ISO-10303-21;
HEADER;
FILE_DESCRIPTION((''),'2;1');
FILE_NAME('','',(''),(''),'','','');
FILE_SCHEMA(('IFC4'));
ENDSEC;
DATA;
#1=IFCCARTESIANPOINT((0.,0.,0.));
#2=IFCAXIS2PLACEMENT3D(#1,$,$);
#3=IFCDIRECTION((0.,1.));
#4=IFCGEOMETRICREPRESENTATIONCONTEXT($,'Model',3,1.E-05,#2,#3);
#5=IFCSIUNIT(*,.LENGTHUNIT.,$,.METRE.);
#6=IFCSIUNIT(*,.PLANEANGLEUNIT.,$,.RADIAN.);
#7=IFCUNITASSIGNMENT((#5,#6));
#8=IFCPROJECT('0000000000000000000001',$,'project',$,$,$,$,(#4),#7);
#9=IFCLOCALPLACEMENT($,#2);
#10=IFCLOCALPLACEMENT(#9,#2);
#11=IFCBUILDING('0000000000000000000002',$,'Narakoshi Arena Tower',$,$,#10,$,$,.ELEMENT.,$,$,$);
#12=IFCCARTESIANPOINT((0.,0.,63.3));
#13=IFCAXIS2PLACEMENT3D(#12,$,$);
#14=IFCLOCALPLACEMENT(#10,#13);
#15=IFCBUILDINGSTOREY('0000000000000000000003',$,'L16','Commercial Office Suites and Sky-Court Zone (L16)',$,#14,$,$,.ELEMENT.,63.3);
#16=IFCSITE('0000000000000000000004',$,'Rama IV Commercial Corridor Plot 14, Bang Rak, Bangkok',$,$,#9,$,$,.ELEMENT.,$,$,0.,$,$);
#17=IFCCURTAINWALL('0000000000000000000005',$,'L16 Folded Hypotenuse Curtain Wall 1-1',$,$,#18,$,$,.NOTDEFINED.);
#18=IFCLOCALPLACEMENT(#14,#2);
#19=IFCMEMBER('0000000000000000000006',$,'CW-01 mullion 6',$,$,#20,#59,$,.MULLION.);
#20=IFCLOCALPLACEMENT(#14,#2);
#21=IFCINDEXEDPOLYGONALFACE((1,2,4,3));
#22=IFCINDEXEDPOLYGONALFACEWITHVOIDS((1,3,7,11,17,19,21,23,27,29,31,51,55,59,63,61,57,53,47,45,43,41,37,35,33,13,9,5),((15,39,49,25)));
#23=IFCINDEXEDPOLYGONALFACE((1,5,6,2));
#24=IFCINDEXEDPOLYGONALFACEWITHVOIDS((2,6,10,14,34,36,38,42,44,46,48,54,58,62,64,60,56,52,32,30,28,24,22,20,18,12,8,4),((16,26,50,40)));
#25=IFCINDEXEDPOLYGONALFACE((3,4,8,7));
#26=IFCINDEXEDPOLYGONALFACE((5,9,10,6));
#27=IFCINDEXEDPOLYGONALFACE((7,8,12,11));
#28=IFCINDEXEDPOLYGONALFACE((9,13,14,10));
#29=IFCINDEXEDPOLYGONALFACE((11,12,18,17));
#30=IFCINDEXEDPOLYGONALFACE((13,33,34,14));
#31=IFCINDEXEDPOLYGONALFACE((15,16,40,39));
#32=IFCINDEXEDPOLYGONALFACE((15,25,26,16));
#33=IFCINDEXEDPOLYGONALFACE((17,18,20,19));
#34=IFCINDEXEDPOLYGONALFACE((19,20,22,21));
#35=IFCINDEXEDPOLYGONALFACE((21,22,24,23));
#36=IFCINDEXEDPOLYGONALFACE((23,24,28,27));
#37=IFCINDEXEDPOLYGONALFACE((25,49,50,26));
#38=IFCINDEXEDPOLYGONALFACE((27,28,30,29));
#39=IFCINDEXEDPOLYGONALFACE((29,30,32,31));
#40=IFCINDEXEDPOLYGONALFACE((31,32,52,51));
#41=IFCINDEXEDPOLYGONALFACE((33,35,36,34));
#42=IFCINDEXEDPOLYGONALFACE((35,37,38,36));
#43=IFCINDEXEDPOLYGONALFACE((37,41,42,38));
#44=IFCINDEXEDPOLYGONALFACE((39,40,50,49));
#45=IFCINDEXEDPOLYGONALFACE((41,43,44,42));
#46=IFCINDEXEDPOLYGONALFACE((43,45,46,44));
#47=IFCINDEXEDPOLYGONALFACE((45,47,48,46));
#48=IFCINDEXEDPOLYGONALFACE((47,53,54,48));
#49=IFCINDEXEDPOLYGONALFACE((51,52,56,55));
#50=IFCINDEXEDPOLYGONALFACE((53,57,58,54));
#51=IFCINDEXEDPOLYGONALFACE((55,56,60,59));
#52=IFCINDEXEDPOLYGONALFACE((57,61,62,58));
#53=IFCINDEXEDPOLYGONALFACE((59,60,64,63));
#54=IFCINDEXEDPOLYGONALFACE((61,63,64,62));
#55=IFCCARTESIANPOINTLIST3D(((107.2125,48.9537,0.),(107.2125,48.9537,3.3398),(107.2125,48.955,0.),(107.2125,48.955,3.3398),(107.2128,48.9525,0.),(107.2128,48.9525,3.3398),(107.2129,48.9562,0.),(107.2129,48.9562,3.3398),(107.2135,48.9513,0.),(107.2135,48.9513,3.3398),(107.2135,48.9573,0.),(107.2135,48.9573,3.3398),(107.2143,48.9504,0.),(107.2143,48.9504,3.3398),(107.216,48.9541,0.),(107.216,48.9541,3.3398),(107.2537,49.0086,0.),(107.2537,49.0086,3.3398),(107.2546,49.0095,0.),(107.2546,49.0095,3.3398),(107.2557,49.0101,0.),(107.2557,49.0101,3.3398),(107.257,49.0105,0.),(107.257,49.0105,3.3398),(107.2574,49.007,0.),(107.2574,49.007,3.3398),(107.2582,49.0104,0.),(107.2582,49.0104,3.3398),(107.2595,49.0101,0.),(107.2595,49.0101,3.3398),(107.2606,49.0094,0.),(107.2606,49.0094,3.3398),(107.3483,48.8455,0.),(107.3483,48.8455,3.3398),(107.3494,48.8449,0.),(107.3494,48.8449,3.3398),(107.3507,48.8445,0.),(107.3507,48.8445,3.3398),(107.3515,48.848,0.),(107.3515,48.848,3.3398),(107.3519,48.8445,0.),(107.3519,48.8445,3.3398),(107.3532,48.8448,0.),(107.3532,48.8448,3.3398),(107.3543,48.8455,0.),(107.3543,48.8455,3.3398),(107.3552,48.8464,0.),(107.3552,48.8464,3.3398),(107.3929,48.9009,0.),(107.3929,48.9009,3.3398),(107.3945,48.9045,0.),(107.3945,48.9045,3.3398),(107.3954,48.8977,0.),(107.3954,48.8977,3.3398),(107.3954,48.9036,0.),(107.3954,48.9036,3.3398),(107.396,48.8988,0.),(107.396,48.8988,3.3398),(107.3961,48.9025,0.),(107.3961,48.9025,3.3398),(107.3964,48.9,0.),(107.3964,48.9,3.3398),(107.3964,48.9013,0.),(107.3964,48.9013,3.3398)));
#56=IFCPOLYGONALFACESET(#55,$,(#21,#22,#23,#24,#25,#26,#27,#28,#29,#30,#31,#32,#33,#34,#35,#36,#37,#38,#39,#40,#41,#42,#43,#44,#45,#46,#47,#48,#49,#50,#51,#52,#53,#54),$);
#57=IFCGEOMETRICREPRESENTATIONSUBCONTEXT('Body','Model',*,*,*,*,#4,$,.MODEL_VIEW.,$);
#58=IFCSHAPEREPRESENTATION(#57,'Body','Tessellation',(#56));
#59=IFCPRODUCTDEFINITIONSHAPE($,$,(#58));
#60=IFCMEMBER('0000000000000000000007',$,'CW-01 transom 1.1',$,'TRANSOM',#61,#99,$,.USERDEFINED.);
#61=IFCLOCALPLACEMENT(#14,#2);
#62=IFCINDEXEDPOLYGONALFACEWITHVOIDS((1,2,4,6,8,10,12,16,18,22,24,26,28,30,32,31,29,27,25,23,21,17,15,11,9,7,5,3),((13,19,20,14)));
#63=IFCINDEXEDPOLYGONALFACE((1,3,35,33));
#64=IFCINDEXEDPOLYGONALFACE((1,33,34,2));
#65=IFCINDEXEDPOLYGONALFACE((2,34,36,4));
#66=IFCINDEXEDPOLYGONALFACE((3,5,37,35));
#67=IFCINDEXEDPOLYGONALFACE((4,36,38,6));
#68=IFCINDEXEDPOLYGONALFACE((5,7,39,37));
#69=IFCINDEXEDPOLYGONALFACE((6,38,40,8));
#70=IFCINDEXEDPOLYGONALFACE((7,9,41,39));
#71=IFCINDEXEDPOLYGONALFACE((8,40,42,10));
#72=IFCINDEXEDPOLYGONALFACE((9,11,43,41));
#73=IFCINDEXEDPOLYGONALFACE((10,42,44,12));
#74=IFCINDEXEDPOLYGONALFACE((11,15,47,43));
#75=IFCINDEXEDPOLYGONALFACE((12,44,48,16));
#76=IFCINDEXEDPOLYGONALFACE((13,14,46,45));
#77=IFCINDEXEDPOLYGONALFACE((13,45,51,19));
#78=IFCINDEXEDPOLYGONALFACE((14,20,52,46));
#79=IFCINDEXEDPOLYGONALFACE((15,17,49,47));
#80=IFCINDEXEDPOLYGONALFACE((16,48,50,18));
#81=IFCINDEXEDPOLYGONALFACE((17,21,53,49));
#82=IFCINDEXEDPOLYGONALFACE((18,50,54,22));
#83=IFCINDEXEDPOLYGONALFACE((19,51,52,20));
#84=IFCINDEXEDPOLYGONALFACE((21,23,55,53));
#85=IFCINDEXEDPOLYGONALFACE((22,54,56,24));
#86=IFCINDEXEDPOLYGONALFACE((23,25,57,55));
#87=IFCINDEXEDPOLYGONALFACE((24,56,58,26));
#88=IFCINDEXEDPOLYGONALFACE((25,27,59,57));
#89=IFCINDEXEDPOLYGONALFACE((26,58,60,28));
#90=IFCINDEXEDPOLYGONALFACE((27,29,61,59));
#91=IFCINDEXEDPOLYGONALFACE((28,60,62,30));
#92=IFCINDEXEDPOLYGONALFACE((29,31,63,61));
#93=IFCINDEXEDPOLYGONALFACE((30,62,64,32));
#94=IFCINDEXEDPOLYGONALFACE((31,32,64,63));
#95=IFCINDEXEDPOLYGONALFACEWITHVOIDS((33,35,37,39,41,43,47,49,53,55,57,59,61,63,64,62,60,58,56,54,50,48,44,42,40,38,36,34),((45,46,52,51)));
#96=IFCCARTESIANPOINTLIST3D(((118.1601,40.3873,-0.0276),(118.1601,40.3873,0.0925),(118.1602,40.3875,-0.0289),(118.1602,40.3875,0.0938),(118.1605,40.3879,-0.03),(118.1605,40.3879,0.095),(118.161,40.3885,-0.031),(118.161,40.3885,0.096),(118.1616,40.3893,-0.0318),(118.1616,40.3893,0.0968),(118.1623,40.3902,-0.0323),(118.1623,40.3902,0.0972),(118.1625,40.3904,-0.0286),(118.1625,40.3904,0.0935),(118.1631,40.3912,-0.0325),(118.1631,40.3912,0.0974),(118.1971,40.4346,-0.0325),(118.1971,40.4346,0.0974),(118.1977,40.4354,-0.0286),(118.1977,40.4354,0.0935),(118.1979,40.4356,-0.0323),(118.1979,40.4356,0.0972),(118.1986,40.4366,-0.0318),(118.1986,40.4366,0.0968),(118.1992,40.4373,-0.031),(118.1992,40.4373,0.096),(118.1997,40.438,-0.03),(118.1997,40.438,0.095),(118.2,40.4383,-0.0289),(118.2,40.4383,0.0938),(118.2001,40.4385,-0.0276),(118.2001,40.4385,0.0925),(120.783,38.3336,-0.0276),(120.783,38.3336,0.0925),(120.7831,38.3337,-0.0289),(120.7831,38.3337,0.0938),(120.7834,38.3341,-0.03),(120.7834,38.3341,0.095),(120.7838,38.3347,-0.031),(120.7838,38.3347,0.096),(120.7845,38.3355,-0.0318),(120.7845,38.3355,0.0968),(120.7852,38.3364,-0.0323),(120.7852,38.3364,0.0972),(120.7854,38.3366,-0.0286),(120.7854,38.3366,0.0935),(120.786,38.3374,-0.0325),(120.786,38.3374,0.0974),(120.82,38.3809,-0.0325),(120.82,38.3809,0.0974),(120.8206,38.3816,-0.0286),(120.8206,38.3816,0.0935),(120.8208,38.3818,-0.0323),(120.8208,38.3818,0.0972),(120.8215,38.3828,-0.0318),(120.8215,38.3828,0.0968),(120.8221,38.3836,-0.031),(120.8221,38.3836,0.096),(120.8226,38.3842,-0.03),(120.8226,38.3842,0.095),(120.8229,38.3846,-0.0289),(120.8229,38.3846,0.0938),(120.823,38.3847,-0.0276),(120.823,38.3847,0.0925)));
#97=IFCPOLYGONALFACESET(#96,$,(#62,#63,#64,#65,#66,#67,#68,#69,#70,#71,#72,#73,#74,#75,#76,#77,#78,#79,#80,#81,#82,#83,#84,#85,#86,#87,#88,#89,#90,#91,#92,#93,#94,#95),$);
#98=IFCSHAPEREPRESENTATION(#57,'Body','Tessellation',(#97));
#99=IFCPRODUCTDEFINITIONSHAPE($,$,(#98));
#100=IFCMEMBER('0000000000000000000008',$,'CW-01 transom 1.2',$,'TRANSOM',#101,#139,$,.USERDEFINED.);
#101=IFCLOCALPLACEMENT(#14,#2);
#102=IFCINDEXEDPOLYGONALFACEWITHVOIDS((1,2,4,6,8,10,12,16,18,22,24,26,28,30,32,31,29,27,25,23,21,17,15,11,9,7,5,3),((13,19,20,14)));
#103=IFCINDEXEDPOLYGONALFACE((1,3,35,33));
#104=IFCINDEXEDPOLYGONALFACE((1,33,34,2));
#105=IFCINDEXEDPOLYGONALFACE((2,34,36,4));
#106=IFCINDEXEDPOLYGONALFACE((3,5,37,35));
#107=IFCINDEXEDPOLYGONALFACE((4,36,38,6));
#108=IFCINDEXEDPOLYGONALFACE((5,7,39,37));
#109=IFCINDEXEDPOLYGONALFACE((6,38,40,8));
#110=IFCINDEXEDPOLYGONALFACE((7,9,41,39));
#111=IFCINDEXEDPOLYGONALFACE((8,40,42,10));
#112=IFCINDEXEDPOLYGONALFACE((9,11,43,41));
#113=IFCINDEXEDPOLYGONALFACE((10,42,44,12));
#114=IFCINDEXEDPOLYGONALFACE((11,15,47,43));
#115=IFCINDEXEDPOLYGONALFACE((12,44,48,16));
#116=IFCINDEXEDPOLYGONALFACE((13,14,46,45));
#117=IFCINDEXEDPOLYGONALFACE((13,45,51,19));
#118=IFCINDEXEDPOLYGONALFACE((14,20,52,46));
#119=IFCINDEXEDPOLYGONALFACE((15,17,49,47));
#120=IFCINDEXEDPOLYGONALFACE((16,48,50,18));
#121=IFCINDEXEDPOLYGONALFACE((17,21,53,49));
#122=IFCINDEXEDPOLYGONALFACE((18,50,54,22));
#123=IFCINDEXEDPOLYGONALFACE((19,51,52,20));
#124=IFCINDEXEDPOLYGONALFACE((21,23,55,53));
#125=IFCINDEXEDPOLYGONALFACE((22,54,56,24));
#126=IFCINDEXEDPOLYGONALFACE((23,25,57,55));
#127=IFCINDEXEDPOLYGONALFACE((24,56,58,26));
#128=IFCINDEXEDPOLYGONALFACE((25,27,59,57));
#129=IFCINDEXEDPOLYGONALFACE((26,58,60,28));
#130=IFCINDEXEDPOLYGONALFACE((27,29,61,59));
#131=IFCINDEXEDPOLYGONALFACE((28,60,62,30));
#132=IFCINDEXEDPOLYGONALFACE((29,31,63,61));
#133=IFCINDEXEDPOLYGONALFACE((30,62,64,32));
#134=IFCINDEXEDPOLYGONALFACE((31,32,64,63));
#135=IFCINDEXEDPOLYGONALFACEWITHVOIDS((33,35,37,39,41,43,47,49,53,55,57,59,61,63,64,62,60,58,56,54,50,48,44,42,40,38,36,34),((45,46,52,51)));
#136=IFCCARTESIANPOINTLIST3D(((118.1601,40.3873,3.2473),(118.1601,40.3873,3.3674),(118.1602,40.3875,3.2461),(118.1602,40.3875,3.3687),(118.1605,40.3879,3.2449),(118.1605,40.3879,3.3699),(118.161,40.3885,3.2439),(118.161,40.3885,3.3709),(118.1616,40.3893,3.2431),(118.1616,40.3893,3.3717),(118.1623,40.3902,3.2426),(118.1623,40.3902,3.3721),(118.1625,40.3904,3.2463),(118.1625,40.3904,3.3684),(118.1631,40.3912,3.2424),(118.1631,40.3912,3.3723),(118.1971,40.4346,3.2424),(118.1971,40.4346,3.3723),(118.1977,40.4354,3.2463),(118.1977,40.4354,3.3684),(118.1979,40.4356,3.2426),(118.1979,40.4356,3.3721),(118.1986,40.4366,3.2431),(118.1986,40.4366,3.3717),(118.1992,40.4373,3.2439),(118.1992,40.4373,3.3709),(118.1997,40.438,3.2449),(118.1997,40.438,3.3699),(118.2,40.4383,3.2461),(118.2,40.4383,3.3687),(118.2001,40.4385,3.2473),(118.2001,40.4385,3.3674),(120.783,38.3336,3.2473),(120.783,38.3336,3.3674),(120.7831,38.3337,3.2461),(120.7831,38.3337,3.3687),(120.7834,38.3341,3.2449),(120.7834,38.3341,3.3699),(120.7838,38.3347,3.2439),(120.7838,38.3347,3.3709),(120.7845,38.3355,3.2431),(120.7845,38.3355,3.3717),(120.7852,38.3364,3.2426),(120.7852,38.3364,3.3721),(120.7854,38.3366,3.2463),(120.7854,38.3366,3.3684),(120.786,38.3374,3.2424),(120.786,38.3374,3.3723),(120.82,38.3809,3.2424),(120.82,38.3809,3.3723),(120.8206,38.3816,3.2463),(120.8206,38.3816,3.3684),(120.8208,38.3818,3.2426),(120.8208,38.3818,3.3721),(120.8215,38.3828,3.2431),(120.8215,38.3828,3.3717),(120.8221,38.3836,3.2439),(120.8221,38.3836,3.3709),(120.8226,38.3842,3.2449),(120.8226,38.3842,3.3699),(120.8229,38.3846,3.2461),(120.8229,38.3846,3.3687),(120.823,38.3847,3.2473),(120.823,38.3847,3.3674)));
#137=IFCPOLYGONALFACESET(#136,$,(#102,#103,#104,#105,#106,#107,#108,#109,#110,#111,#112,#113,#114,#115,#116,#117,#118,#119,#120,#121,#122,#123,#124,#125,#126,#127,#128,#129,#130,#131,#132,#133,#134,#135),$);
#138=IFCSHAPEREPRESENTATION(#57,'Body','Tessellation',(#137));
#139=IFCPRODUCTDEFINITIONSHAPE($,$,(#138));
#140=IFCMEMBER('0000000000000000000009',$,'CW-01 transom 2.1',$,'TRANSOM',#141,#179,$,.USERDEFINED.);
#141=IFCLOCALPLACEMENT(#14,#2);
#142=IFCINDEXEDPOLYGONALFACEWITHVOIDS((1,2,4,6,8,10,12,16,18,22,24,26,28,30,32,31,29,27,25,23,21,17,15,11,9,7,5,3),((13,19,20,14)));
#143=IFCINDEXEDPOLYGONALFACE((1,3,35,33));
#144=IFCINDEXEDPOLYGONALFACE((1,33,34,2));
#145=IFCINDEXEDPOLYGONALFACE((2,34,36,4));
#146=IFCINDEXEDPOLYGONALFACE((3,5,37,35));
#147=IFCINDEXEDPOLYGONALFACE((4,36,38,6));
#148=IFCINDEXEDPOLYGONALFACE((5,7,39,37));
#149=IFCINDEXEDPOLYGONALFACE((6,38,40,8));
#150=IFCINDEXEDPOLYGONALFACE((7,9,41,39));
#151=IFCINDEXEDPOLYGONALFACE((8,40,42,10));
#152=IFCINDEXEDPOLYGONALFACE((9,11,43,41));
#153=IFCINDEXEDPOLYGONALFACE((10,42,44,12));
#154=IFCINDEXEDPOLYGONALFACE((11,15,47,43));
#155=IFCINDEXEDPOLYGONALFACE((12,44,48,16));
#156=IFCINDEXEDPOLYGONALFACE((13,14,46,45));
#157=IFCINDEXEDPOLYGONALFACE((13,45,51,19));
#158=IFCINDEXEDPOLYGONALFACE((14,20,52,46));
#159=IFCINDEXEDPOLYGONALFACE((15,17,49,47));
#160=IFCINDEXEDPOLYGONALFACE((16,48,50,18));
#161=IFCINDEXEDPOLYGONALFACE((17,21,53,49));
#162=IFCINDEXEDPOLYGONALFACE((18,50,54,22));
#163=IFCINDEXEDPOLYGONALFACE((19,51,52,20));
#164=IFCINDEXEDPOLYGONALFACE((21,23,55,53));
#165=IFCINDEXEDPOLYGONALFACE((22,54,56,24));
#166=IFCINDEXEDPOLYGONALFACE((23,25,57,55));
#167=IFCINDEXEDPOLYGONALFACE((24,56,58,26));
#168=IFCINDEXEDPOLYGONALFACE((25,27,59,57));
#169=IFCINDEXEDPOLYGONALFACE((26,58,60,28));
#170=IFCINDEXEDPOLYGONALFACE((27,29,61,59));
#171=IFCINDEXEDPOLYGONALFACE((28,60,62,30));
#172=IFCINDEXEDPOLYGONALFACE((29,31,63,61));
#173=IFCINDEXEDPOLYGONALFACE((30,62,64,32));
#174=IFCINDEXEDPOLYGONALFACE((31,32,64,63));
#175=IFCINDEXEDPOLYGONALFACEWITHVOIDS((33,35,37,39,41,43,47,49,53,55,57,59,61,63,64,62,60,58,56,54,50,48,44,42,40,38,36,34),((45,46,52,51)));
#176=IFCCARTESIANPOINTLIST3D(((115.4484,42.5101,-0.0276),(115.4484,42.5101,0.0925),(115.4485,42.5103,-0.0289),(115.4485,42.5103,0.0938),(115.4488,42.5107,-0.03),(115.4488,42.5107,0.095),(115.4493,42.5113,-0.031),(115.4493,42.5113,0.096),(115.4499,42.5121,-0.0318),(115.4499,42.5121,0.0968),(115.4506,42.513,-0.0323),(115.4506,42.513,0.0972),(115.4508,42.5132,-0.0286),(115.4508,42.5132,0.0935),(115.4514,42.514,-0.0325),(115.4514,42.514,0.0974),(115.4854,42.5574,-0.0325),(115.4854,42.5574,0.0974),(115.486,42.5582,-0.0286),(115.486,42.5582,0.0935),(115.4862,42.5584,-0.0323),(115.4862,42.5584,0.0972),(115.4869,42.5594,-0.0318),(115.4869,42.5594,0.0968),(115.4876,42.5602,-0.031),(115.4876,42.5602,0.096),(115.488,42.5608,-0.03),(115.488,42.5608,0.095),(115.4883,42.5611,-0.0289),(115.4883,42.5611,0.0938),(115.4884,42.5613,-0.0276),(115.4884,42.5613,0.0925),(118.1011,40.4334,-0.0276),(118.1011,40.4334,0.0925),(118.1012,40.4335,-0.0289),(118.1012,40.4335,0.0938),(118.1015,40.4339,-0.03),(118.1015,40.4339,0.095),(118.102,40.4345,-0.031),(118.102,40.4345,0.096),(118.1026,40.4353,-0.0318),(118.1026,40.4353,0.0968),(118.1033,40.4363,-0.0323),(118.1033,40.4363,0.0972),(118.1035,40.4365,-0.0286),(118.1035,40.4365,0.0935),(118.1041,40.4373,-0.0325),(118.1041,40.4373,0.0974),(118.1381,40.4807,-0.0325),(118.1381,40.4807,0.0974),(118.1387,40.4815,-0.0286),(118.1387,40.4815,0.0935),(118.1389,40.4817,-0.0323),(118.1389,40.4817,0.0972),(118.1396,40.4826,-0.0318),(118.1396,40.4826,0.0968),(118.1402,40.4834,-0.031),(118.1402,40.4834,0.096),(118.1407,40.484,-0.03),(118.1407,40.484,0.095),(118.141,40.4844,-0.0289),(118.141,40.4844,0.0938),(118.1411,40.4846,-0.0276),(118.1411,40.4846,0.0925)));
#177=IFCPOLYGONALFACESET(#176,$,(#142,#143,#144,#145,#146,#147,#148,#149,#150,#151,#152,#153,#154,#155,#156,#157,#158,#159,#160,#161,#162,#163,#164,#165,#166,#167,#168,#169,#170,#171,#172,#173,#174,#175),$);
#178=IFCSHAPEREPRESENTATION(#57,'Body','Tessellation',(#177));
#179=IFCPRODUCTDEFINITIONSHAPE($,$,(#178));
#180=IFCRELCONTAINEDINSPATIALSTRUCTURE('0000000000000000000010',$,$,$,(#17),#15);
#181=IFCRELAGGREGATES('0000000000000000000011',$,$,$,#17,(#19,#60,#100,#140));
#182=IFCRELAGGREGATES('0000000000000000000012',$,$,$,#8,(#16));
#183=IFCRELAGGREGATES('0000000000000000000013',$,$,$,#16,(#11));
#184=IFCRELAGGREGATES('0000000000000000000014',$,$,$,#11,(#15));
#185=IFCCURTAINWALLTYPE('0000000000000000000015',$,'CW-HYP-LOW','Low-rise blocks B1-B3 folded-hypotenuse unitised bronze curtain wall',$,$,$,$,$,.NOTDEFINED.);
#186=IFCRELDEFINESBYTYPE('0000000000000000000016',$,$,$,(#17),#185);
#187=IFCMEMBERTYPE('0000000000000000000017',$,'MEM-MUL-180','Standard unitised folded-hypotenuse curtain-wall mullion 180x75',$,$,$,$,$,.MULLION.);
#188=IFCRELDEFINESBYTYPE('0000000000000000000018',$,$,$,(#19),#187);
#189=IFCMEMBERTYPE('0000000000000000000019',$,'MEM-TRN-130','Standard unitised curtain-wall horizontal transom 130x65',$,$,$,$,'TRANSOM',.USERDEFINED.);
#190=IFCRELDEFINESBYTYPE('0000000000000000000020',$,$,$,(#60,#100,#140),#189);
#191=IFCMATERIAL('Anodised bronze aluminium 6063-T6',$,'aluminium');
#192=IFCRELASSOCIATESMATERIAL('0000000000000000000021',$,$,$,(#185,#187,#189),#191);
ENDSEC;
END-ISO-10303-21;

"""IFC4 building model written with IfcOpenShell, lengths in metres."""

from ifc_helpers import new_model, si_unit, direction, frame, origin, origin_2d, place, context, subcontext, project, spatial, hollow_rectangle, extrude, material, material_profile, profile_set, type_object, element, aggregate, save


model = new_model("IFC4")

# Units and contexts
model_context = context("Model", 3, precision=1e-05, world=origin(), true_north=direction((0.0, 1.0)))
body_context = subcontext(model_context, "Body", "Model", "MODEL_VIEW")
ifc_project = project(units=[si_unit("LENGTHUNIT", "METRE"), si_unit("PLANEANGLEUNIT", "RADIAN")], contexts=[model_context])

# Site, building, storey
site_placement = place(None, origin())
site = spatial("IfcSite", under=ifc_project, at=site_placement, Name="Rama IV Commercial Corridor Plot 14, Bang Rak, Bangkok", CompositionType="ELEMENT", RefElevation=0.0)
building_placement = place(site_placement, origin())
building = spatial("IfcBuilding", under=site, at=building_placement, Name="Narakoshi Arena Tower", CompositionType="ELEMENT")
storey_placement = place(building_placement, frame((0.0, 0.0, 63.3)))
storey = spatial("IfcBuildingStorey", under=building, at=storey_placement, Name="L16", Description="Commercial Office Suites and Sky-Court Zone (L16)", CompositionType="ELEMENT", Elevation=63.3)

# Curtain wall, members
ifc_material_1 = material(Name="Anodised bronze aluminium 6063-T6", Category="aluminium")
curtain_wall_type = type_object("IfcCurtainWallType", Name="CW-HYP-LOW", Description="Low-rise blocks B1-B3 folded-hypotenuse unitised bronze curtain wall", PredefinedType="NOTDEFINED", material=ifc_material_1)
curtain_wall_placement = place(storey_placement, origin())
curtain_wall = element("IfcCurtainWall", 1, at=curtain_wall_placement, inside=storey, type_object=curtain_wall_type, Name="L16 Folded Hypotenuse Curtain Wall 1-1", PredefinedType="NOTDEFINED")
ifc_material_profile_1 = material_profile(ifc_material_1, hollow_rectangle(XDim=0.075, YDim=0.1799, WallThickness=0.0039, OuterFilletRadius=0.0049, at=origin_2d()), Name="MUL180x75x4")
ifc_profile_set_1 = profile_set([ifc_material_profile_1], Name="Anodised bronze aluminium 6063-T6")
member_type_1 = type_object("IfcMemberType", Name="MEM-MUL-180", Description="Standard unitised folded-hypotenuse curtain-wall mullion 180x75", PredefinedType="MULLION", material=ifc_profile_set_1)
member_1_placement = place(storey_placement, frame((107.3044, 48.9275, 0.0), z_axis=(0.0, 0.0, 1.0), x_axis=(-0.616458, -0.787388, 0.0)))
member_1 = element("IfcMember", 2, at=member_1_placement, type_object=member_type_1, Name="CW-01 mullion 6", PredefinedType="MULLION", context=body_context, shape_type="SweptSolid", body=[
    extrude(hollow_rectangle(XDim=0.075, YDim=0.1799, WallThickness=0.0039, OuterFilletRadius=0.0049, at=origin_2d()), origin(), (0.0, 0.0, 1.0), 3.3398),
])
ifc_material_profile_2 = material_profile(ifc_material_1, hollow_rectangle(XDim=0.0649, YDim=0.1299, WallThickness=0.0039, OuterFilletRadius=0.0049, at=origin_2d()), Name="TRN130x65x4")
ifc_profile_set_2 = profile_set([ifc_material_profile_2], Name="Anodised bronze aluminium 6063-T6")
member_type_2 = type_object("IfcMemberType", Name="MEM-TRN-130", Description="Standard unitised curtain-wall horizontal transom 130x65", ElementType="TRANSOM", PredefinedType="USERDEFINED", material=ifc_profile_set_2)
member_2_placement = place(storey_placement, frame((120.803, 38.3591, 0.0325), z_axis=(-0.787347, 0.61651, 0.0), x_axis=(-0.61651, -0.787347, 0.0)))
member_2 = element("IfcMember", 3, at=member_2_placement, type_object=member_type_2, Name="CW-01 transom 1.1", ObjectType="TRANSOM", PredefinedType="USERDEFINED", context=body_context, shape_type="SweptSolid", body=[
    extrude(hollow_rectangle(XDim=0.0649, YDim=0.1299, WallThickness=0.0039, OuterFilletRadius=0.0049, at=origin_2d()), origin(), (0.0, 0.0, 1.0), 3.3313),
])
member_3_placement = place(storey_placement, frame((120.803, 38.3591, 3.3074), z_axis=(-0.787347, 0.61651, 0.0), x_axis=(-0.61651, -0.787347, 0.0)))
member_3 = element("IfcMember", 4, at=member_3_placement, type_object=member_type_2, Name="CW-01 transom 1.2", ObjectType="TRANSOM", PredefinedType="USERDEFINED", context=body_context, shape_type="SweptSolid", body=[
    extrude(hollow_rectangle(XDim=0.0649, YDim=0.1299, WallThickness=0.0039, OuterFilletRadius=0.0049, at=origin_2d()), origin(), (0.0, 0.0, 1.0), 3.3313),
])
member_4_placement = place(storey_placement, frame((118.1211, 40.459, 0.0325), z_axis=(-0.787401, 0.616441, 0.0), x_axis=(-0.616441, -0.787401, 0.0)))
member_4 = element("IfcMember", 5, at=member_4_placement, type_object=member_type_2, Name="CW-01 transom 2.1", ObjectType="TRANSOM", PredefinedType="USERDEFINED", context=body_context, shape_type="SweptSolid", body=[
    extrude(hollow_rectangle(XDim=0.0649, YDim=0.1299, WallThickness=0.0039, OuterFilletRadius=0.0049, at=origin_2d()), origin(), (0.0, 0.0, 1.0), 3.3689),
])
aggregate(curtain_wall, [member_1, member_2, member_3, member_4])

save(model, "model.ifc")
